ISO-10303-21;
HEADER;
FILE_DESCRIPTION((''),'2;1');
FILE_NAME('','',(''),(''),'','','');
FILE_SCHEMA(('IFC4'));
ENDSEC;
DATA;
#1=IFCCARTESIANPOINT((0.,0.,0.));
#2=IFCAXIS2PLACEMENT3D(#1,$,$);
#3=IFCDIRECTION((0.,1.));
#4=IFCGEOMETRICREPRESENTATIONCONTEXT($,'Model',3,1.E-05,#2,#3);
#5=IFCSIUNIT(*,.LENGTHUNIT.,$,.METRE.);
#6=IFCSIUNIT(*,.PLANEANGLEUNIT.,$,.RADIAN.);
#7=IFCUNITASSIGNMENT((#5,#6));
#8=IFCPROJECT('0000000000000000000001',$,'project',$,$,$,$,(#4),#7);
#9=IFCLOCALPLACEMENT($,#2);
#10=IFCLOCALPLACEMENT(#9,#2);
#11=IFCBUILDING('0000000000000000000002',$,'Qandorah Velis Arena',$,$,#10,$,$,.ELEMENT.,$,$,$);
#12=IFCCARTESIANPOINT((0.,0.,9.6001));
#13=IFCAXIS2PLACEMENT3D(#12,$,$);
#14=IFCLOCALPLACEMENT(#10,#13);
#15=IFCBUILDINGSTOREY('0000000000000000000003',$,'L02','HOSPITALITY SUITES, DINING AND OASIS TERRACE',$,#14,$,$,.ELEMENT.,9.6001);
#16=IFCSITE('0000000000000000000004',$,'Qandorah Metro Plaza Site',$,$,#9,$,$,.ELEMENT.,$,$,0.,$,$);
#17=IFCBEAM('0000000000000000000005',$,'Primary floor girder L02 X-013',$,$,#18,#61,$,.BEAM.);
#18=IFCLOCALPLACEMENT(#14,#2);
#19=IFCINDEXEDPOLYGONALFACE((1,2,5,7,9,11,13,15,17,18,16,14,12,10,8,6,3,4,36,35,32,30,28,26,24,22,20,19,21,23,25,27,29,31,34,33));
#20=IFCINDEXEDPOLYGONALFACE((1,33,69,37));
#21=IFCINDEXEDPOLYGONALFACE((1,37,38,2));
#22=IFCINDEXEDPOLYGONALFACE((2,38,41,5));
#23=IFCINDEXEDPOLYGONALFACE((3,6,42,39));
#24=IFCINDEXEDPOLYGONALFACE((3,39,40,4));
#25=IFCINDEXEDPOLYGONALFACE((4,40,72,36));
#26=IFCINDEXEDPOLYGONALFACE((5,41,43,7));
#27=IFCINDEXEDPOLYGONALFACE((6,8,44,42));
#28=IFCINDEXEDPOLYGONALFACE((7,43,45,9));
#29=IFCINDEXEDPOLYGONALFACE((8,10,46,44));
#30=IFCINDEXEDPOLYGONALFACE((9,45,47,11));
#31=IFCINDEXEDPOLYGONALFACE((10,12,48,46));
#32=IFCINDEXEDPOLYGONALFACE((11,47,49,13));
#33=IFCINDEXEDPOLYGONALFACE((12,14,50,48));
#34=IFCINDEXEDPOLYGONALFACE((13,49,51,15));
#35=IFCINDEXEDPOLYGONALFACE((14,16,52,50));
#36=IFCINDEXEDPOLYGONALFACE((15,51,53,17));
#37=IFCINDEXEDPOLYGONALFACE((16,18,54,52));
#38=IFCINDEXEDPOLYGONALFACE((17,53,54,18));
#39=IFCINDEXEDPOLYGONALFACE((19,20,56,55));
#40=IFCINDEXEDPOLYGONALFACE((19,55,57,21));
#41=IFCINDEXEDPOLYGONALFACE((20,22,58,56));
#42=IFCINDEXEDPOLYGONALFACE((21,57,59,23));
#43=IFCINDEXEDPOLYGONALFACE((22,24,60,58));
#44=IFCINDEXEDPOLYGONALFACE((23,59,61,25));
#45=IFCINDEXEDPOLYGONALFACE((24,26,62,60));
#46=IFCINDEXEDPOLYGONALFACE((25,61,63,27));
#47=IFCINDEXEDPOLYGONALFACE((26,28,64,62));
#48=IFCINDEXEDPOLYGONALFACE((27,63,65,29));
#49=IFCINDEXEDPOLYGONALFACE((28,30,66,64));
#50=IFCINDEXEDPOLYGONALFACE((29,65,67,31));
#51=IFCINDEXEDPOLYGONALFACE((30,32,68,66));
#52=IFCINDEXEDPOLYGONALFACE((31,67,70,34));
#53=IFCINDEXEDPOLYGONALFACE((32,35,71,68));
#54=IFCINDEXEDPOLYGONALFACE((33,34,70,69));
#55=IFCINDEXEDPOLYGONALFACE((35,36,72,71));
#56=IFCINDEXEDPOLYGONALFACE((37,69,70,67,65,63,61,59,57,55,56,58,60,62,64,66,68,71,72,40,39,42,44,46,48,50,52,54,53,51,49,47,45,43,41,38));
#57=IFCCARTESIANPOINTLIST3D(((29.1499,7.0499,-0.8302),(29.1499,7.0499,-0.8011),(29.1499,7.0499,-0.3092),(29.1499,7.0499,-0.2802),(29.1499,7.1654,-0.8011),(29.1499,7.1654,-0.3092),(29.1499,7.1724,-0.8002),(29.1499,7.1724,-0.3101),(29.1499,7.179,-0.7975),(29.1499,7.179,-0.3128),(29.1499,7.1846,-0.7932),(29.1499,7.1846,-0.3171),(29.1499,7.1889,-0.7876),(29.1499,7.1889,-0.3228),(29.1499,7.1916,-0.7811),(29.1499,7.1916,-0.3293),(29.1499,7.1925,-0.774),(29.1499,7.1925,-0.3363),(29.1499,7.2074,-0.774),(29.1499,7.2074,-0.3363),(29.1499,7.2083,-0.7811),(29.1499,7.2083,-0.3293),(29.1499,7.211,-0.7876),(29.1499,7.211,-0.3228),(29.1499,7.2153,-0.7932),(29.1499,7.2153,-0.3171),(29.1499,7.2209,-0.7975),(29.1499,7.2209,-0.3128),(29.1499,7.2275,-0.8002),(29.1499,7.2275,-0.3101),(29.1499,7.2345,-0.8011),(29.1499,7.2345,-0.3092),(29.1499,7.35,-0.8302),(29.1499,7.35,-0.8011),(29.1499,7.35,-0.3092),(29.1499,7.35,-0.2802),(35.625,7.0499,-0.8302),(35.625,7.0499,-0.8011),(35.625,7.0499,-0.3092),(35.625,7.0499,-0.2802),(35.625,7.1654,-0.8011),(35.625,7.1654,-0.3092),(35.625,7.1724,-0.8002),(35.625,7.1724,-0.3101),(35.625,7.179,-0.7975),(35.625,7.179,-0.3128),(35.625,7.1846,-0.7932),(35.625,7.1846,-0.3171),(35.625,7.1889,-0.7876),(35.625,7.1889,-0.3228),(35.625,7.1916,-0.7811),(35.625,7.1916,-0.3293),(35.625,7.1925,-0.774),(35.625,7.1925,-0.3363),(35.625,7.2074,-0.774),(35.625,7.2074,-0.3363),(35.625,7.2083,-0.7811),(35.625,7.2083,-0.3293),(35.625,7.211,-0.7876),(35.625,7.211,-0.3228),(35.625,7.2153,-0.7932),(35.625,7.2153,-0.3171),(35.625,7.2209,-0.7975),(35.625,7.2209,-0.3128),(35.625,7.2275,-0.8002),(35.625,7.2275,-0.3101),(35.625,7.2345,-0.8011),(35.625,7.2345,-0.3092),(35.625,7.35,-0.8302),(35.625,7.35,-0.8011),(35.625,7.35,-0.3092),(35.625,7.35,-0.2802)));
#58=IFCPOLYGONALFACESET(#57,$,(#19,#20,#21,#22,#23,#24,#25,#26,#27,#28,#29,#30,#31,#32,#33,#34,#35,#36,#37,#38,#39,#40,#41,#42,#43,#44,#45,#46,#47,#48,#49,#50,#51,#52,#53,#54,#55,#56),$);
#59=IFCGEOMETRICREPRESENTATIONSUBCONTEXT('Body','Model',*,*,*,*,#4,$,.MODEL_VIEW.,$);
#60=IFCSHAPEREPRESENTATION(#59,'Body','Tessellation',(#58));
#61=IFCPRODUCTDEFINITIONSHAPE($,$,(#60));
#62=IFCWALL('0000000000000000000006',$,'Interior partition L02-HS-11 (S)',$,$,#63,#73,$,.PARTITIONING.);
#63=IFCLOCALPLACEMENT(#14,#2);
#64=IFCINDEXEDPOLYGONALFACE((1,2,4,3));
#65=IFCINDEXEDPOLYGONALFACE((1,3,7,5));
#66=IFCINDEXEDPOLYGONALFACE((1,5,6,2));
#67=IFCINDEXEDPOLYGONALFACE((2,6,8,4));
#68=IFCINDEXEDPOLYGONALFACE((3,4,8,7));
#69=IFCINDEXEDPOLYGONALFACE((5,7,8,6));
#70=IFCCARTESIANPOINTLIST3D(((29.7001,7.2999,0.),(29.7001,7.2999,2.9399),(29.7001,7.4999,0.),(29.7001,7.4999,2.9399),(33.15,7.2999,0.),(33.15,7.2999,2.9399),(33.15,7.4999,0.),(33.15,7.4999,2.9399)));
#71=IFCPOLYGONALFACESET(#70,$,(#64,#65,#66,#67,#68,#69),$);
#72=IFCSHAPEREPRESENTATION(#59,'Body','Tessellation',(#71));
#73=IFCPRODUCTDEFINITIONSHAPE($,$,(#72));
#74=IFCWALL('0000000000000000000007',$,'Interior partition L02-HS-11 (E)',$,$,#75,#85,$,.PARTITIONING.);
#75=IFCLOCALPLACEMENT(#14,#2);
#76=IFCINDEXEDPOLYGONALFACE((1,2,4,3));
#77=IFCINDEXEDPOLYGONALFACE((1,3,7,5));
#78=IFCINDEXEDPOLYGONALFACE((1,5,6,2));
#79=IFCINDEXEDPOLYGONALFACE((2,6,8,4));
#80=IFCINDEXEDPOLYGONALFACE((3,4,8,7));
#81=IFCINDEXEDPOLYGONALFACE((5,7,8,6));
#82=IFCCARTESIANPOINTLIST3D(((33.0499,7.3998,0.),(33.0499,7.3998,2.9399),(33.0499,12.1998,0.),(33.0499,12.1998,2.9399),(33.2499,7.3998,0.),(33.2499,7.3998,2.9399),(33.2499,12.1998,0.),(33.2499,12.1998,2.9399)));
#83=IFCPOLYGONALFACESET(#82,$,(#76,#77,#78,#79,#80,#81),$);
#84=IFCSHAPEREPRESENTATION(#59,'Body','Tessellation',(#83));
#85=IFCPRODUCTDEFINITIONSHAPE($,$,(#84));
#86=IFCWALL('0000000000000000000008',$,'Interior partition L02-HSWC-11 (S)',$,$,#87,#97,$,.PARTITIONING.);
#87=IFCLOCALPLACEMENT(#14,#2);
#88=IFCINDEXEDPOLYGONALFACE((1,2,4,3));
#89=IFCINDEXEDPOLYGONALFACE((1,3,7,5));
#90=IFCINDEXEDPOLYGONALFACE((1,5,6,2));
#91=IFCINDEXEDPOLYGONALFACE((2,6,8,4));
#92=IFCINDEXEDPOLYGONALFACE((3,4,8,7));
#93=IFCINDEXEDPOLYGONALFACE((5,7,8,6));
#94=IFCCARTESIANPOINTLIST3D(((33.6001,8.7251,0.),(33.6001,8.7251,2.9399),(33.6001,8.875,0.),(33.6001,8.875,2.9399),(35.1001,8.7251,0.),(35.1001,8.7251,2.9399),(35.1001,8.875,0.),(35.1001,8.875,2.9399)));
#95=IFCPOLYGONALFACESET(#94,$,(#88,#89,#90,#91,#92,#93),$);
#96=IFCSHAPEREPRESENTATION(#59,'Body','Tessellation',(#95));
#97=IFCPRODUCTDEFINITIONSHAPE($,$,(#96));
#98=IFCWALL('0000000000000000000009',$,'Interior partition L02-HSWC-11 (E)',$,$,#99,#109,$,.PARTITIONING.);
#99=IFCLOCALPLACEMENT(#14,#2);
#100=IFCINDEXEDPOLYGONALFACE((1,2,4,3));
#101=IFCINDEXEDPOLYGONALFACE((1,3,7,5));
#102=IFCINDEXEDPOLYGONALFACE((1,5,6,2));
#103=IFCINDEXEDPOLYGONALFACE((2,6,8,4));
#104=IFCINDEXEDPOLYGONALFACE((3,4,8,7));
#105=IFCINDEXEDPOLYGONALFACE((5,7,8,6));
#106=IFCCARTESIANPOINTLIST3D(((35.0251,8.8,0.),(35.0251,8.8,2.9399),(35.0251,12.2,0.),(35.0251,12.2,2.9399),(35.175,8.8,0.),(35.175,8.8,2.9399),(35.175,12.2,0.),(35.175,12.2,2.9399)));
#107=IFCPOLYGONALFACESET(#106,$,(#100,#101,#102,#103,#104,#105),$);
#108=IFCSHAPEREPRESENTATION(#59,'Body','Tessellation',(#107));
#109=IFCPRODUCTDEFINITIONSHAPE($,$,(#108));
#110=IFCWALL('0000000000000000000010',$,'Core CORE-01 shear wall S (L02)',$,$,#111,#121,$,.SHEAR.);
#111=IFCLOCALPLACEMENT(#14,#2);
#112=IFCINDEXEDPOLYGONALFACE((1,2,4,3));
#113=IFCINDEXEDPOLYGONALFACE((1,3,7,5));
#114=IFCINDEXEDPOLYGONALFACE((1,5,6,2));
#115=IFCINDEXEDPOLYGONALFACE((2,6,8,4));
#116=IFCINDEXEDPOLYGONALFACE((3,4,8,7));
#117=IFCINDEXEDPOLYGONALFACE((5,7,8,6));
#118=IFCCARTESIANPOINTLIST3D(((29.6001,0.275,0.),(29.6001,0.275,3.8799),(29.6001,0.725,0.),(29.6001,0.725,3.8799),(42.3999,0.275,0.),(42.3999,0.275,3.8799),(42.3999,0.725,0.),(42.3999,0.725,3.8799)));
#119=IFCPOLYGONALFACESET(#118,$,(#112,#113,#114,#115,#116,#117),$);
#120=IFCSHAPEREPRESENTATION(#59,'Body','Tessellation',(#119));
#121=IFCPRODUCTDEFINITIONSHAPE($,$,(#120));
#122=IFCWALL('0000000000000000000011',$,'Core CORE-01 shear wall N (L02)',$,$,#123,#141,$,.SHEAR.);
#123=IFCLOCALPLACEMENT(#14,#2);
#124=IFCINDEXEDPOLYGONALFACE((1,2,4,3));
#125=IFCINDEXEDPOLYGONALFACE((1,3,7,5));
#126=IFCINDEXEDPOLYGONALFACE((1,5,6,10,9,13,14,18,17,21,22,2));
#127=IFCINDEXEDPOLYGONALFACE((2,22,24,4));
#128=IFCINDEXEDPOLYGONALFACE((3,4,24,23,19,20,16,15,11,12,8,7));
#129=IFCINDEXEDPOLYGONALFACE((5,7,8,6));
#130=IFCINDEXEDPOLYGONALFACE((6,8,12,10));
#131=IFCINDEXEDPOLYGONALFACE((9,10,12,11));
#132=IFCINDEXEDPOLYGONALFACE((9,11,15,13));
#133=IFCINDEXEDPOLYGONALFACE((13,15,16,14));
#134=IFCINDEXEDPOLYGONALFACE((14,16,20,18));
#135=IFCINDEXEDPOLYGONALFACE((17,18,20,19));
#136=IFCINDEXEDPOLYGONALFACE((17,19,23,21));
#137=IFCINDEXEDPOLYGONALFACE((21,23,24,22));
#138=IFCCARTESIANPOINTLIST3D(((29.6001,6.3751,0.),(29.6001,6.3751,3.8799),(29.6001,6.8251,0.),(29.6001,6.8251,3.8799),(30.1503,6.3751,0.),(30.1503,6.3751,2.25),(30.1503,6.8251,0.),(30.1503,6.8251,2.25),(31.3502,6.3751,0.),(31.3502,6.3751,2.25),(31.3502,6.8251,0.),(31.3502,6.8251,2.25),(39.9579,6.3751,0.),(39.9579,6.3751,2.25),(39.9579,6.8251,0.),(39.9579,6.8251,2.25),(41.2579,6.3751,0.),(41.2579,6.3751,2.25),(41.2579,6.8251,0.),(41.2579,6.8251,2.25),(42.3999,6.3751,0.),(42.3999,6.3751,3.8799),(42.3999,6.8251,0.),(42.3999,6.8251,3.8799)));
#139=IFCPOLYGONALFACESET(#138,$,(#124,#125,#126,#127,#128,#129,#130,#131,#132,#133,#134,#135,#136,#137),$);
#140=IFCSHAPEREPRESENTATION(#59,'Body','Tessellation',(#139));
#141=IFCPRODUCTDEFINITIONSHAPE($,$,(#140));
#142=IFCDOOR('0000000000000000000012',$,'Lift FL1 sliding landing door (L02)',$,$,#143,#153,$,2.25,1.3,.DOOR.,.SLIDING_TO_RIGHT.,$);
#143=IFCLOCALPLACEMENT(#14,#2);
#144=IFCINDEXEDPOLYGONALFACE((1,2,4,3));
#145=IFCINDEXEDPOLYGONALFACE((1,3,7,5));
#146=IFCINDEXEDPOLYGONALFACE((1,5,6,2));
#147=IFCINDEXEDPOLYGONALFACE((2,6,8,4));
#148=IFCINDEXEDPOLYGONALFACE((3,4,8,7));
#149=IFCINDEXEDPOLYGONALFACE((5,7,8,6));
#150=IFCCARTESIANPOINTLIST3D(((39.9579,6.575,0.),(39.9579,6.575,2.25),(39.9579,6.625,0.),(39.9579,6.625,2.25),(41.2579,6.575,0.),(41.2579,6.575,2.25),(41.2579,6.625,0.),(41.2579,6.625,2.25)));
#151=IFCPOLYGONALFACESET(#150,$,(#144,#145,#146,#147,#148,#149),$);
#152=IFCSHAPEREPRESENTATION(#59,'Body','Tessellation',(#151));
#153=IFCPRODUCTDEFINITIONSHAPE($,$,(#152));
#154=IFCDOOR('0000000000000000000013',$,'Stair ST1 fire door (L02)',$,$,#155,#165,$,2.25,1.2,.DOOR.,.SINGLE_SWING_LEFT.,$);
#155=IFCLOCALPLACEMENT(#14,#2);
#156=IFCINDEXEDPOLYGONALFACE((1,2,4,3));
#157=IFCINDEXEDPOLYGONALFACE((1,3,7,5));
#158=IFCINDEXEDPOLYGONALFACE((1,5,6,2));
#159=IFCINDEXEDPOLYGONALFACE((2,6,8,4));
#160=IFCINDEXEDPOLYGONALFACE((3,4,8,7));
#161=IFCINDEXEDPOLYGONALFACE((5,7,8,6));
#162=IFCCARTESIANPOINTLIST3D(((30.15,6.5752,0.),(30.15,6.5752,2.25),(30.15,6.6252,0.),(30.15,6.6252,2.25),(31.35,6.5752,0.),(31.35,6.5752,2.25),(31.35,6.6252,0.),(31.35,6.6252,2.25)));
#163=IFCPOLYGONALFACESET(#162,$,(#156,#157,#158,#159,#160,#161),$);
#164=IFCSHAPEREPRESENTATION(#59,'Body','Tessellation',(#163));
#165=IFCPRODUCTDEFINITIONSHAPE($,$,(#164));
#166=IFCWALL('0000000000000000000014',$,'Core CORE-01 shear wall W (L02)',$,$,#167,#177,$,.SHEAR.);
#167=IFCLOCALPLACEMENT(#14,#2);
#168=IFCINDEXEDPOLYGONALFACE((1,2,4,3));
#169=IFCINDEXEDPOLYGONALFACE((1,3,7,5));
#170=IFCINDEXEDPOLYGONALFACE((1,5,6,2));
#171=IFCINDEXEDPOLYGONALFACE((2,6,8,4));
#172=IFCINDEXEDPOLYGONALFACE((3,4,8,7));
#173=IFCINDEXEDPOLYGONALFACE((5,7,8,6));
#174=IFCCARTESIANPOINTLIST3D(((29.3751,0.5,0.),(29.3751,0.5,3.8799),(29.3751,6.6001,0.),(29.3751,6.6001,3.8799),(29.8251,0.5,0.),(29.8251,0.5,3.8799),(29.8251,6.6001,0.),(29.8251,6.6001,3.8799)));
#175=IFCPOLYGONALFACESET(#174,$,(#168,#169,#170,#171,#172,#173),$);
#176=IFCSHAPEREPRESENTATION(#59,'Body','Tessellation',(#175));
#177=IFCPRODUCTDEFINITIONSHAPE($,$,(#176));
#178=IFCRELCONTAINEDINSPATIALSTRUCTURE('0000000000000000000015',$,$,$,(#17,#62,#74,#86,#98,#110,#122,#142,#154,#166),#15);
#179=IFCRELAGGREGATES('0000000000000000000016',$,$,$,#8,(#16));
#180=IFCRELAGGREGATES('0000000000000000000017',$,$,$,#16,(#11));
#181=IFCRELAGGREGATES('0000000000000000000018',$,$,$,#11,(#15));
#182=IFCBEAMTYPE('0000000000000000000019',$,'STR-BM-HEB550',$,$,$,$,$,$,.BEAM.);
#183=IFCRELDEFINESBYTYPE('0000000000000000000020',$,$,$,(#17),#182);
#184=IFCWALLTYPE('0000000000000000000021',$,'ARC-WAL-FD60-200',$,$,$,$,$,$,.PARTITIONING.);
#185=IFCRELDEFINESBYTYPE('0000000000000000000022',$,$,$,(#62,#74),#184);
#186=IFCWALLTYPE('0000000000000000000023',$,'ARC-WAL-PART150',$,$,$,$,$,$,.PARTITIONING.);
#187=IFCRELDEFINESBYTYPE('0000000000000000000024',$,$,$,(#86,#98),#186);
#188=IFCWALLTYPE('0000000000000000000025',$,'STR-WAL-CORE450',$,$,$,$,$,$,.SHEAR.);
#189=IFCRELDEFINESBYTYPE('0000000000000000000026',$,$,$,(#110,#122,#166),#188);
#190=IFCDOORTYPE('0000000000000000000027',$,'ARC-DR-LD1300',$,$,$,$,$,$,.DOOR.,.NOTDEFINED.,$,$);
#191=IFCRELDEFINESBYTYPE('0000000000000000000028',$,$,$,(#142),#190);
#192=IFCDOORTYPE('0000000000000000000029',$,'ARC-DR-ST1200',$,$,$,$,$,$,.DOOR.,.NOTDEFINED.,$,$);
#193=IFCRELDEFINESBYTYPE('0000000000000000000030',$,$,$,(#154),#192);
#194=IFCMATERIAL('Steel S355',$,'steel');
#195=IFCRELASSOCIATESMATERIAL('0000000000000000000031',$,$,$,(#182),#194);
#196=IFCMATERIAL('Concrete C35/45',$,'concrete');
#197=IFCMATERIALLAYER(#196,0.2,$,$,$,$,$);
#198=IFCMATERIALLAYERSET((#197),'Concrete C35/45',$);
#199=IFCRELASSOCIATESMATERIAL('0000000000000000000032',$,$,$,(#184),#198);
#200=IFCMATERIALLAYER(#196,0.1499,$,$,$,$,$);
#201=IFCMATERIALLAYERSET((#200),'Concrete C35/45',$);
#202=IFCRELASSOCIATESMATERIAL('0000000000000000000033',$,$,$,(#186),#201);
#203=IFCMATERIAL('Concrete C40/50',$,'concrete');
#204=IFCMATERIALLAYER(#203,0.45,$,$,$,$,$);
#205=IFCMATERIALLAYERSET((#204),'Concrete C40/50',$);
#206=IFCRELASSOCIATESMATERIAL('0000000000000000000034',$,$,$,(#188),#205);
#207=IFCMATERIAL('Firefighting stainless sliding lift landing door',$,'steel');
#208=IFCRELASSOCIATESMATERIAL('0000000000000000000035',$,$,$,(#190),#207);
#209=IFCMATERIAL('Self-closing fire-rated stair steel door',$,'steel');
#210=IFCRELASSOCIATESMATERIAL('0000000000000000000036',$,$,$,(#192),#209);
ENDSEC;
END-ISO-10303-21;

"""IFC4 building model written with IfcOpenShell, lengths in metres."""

from ifc_helpers import new_model, si_unit, direction, frame, frame_2d, origin, origin_2d, place, context, subcontext, project, spatial, rectangle, i_section, extrude, material, layer, layer_set, material_profile, profile_set, type_object, element, fill, save


model = new_model("IFC4")

# Units and contexts
model_context = context("Model", 3, precision=1e-05, world=origin(), true_north=direction((0.0, 1.0)))
body_context = subcontext(model_context, "Body", "Model", "MODEL_VIEW")
ifc_project = project(units=[si_unit("LENGTHUNIT", "METRE"), si_unit("PLANEANGLEUNIT", "RADIAN")], contexts=[model_context])

# Site, building, storey
site_placement = place(None, origin())
site = spatial("IfcSite", under=ifc_project, at=site_placement, Name="Qandorah Metro Plaza Site", CompositionType="ELEMENT", RefElevation=0.0)
building_placement = place(site_placement, origin())
building = spatial("IfcBuilding", under=site, at=building_placement, Name="Qandorah Velis Arena", CompositionType="ELEMENT")
storey_placement = place(building_placement, frame((0.0, 0.0, 9.6001)))
storey = spatial("IfcBuildingStorey", under=building, at=storey_placement, Name="L02", Description="HOSPITALITY SUITES, DINING AND OASIS TERRACE", CompositionType="ELEMENT", Elevation=9.6001)

# Shared definitions
ifc_material_1 = material(Name="Concrete C40/50", Category="concrete")

# Beam
ifc_material_2 = material(Name="Steel S355", Category="steel")
ifc_material_profile_1 = material_profile(ifc_material_2, i_section(OverallWidth=0.3, OverallDepth=0.55, WebThickness=0.0149, FlangeThickness=0.0291, FilletRadius=0.0271, at=origin_2d()), Name="HEB 550")
ifc_profile_set_1 = profile_set([ifc_material_profile_1], Name="Steel S355")
beam_type_1 = type_object("IfcBeamType", Name="STR-BM-HEB550", PredefinedType="BEAM", material=ifc_profile_set_1)
beam_1_placement = place(storey_placement, frame((29.1499, 7.2, -0.5552), z_axis=(1.0, 0.0, 0.0), x_axis=(0.0, 1.0, 0.0)))
element("IfcBeam", 1, at=beam_1_placement, inside=storey, type_object=beam_type_1, Name="Primary floor girder L02 X-013", PredefinedType="BEAM", context=body_context, shape_type="SweptSolid", body=[
    extrude(i_section(OverallWidth=0.3, OverallDepth=0.55, WebThickness=0.0149, FlangeThickness=0.0291, FilletRadius=0.0271, at=origin_2d()), origin(), (0.0, 0.0, 1.0), 6.4751),
])

# Walls
ifc_material_3 = material(Name="Concrete C35/45", Category="concrete")
ifc_layer_1 = layer(ifc_material_3, 0.2)
ifc_layer_set_1 = layer_set([ifc_layer_1], Name="Concrete C35/45")
wall_type_1 = type_object("IfcWallType", Name="ARC-WAL-FD60-200", PredefinedType="PARTITIONING", material=ifc_layer_set_1)
wall_1_placement = place(storey_placement, frame((29.7, 7.3999, 0.0), z_axis=(0.0, 0.0, 1.0), x_axis=(1.0, 0.0, 0.0)))
element("IfcWall", 2, at=wall_1_placement, inside=storey, type_object=wall_type_1, Name="Interior partition L02-HS-11 (S)", PredefinedType="PARTITIONING", context=body_context, shape_type="SweptSolid", body=[
    extrude(rectangle(XDim=3.45, YDim=0.2, at=frame_2d((1.7251, 0.0))), origin(), (0.0, 0.0, 1.0), 2.9399),
])
wall_2_placement = place(storey_placement, frame((33.1499, 7.3999, 0.0), z_axis=(0.0, 0.0, 1.0), x_axis=(0.0, 1.0, 0.0)))
element("IfcWall", 3, at=wall_2_placement, inside=storey, type_object=wall_type_1, Name="Interior partition L02-HS-11 (E)", PredefinedType="PARTITIONING", context=body_context, shape_type="SweptSolid", body=[
    extrude(rectangle(XDim=4.8, YDim=0.2, at=frame_2d((2.3999, 0.0))), origin(), (0.0, 0.0, 1.0), 2.9399),
])
ifc_layer_2 = layer(ifc_material_3, 0.1499)
ifc_layer_set_2 = layer_set([ifc_layer_2], Name="Concrete C35/45")
wall_type_2 = type_object("IfcWallType", Name="ARC-WAL-PART150", PredefinedType="PARTITIONING", material=ifc_layer_set_2)
wall_3_placement = place(storey_placement, frame((33.6001, 8.8, 0.0), z_axis=(0.0, 0.0, 1.0), x_axis=(1.0, 0.0, 0.0)))
element("IfcWall", 4, at=wall_3_placement, inside=storey, type_object=wall_type_2, Name="Interior partition L02-HSWC-11 (S)", PredefinedType="PARTITIONING", context=body_context, shape_type="SweptSolid", body=[
    extrude(rectangle(XDim=1.5, YDim=0.1499, at=frame_2d((0.75, 0.0))), origin(), (0.0, 0.0, 1.0), 2.9399),
])
wall_4_placement = place(storey_placement, frame((35.1001, 8.8, 0.0), z_axis=(0.0, 0.0, 1.0), x_axis=(0.0, 1.0, 0.0)))
element("IfcWall", 5, at=wall_4_placement, inside=storey, type_object=wall_type_2, Name="Interior partition L02-HSWC-11 (E)", PredefinedType="PARTITIONING", context=body_context, shape_type="SweptSolid", body=[
    extrude(rectangle(XDim=3.3999, YDim=0.1499, at=frame_2d((1.7, 0.0))), origin(), (0.0, 0.0, 1.0), 2.9399),
])
ifc_layer_3 = layer(ifc_material_1, 0.45)
ifc_layer_set_3 = layer_set([ifc_layer_3], Name="Concrete C40/50")
wall_type_3 = type_object("IfcWallType", Name="STR-WAL-CORE450", PredefinedType="SHEAR", material=ifc_layer_set_3)
wall_5_placement = place(storey_placement, frame((29.6001, 0.5, 0.0), z_axis=(0.0, 0.0, 1.0), x_axis=(1.0, 0.0, 0.0)))
element("IfcWall", 6, at=wall_5_placement, inside=storey, type_object=wall_type_3, Name="Core CORE-01 shear wall S (L02)", PredefinedType="SHEAR", context=body_context, shape_type="SweptSolid", body=[
    extrude(rectangle(XDim=12.7998, YDim=0.45, at=frame_2d((6.3999, 0.0))), origin(), (0.0, 0.0, 1.0), 3.8799),
])

# Wall, openings, doors
wall_6_placement = place(storey_placement, frame((29.6001, 6.6001, 0.0), z_axis=(0.0, 0.0, 1.0), x_axis=(1.0, 0.0, 0.0)))
wall_6 = element("IfcWall", 7, at=wall_6_placement, inside=storey, type_object=wall_type_3, Name="Core CORE-01 shear wall N (L02)", PredefinedType="SHEAR", context=body_context, shape_type="SweptSolid", body=[
    extrude(rectangle(XDim=12.7998, YDim=0.45, at=frame_2d((6.3999, 0.0))), origin(), (0.0, 0.0, 1.0), 3.8799),
])
opening_1_placement = place(wall_6_placement, frame((0.55, 0.0, 0.0)))
opening_1 = element("IfcOpeningElement", 8, at=opening_1_placement, cuts=wall_6, PredefinedType="OPENING", context=body_context, shape_type="SweptSolid", body=[
    extrude(rectangle(XDim=1.2, YDim=2.25, at=frame_2d((0.6001, 1.125))), frame((0.0, 0.2349, 0.0), z_axis=(0.0, -1.0, 0.0), x_axis=(1.0, 0.0, 0.0)), (0.0, 0.0, 1.0), 0.47),
])
opening_2_placement = place(wall_6_placement, frame((10.3579, 0.0, 0.0)))
opening_2 = element("IfcOpeningElement", 9, at=opening_2_placement, cuts=wall_6, PredefinedType="OPENING", context=body_context, shape_type="SweptSolid", body=[
    extrude(rectangle(XDim=1.3, YDim=2.25, at=frame_2d((0.6499, 1.125))), frame((0.0, 0.2349, 0.0), z_axis=(0.0, -1.0, 0.0), x_axis=(1.0, 0.0, 0.0)), (0.0, 0.0, 1.0), 0.47),
])
ifc_material_4 = material(Name="Firefighting stainless sliding lift landing door", Category="steel")
door_type_1 = type_object("IfcDoorType", Name="ARC-DR-LD1300", OperationType="NOTDEFINED", PredefinedType="DOOR", material=ifc_material_4)
door_1_placement = place(opening_2_placement, origin())
door_1 = element("IfcDoor", 10, at=door_1_placement, inside=storey, type_object=door_type_1, Name="Lift FL1 sliding landing door (L02)", OperationType="SLIDING_TO_RIGHT", OverallHeight=2.25, OverallWidth=1.3, PredefinedType="DOOR", context=body_context, shape_type="SweptSolid", body=[
    extrude(rectangle(XDim=1.3, YDim=2.25, at=frame_2d((0.6499, 1.125))), frame((0.0, 0.0249, 0.0), z_axis=(0.0, -1.0, 0.0), x_axis=(1.0, 0.0, 0.0)), (0.0, 0.0, 1.0), 0.05),
])
fill(opening_2, door_1)
ifc_material_5 = material(Name="Self-closing fire-rated stair steel door", Category="steel")
door_type_2 = type_object("IfcDoorType", Name="ARC-DR-ST1200", OperationType="NOTDEFINED", PredefinedType="DOOR", material=ifc_material_5)
door_2_placement = place(opening_1_placement, frame((1.2, 0.0, 0.0), z_axis=(0.0, 0.0, 1.0), x_axis=(-1.0, 0.0, 0.0)))
door_2 = element("IfcDoor", 11, at=door_2_placement, inside=storey, type_object=door_type_2, Name="Stair ST1 fire door (L02)", OperationType="SINGLE_SWING_LEFT", OverallHeight=2.25, OverallWidth=1.2, PredefinedType="DOOR", context=body_context, shape_type="SweptSolid", body=[
    extrude(rectangle(XDim=1.2, YDim=2.25, at=frame_2d((0.6001, 1.125))), frame((0.0, 0.0249, 0.0), z_axis=(0.0, -1.0, 0.0), x_axis=(1.0, 0.0, 0.0)), (0.0, 0.0, 1.0), 0.05),
])
fill(opening_1, door_2)

# Wall
wall_7_placement = place(storey_placement, frame((29.6001, 0.5, 0.0), z_axis=(0.0, 0.0, 1.0), x_axis=(0.0, 1.0, 0.0)))
element("IfcWall", 12, at=wall_7_placement, inside=storey, type_object=wall_type_3, Name="Core CORE-01 shear wall W (L02)", PredefinedType="SHEAR", context=body_context, shape_type="SweptSolid", body=[
    extrude(rectangle(XDim=6.1001, YDim=0.45, at=frame_2d((3.05, 0.0))), origin(), (0.0, 0.0, 1.0), 3.8799),
])

save(model, "model.ifc")
